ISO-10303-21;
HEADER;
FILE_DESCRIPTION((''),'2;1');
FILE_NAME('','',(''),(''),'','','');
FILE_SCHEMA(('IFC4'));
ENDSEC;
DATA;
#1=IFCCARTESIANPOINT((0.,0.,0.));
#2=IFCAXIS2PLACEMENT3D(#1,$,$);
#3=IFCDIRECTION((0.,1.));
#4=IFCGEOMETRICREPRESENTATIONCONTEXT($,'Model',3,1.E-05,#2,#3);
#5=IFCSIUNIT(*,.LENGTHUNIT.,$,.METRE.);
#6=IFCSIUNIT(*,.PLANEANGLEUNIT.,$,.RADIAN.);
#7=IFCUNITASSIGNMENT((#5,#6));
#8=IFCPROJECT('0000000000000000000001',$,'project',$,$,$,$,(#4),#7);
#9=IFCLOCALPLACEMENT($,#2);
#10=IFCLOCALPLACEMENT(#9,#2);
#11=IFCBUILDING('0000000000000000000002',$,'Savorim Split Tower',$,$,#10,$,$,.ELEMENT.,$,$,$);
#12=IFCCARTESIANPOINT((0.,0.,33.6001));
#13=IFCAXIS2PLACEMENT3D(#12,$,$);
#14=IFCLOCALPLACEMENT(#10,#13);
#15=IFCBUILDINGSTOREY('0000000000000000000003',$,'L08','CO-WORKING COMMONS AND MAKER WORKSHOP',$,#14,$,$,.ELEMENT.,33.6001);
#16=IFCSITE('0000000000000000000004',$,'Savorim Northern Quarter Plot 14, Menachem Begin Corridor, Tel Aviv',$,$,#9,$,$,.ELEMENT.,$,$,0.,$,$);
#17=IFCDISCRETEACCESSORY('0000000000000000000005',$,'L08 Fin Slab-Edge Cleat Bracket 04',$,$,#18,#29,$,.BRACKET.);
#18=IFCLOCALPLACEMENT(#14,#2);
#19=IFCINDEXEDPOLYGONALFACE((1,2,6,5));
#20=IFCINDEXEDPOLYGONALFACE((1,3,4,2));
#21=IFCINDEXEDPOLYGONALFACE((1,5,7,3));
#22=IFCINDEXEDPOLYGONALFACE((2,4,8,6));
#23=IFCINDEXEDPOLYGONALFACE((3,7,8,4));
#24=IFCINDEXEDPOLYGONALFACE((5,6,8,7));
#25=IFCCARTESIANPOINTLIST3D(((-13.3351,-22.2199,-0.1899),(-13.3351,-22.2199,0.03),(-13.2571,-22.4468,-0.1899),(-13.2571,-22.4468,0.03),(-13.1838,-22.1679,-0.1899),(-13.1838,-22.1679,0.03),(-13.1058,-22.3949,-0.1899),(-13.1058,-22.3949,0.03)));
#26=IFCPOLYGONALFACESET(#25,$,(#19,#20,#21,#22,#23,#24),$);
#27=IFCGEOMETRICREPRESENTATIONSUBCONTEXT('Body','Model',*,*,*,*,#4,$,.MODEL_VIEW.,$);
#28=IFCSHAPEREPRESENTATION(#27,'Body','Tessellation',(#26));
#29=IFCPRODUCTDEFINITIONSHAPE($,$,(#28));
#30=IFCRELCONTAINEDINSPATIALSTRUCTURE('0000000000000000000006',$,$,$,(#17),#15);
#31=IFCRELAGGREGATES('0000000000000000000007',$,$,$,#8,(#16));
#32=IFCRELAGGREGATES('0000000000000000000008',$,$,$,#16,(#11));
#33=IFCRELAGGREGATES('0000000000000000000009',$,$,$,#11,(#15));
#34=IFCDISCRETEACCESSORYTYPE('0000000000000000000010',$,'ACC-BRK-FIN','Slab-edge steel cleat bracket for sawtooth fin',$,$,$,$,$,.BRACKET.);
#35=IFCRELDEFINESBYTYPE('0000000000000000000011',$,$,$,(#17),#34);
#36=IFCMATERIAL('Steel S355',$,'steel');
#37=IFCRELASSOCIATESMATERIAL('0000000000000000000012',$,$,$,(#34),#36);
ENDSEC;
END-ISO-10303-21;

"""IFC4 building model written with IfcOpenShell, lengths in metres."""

from ifc_helpers import new_model, si_unit, direction, frame, origin, origin_2d, place, context, subcontext, project, spatial, rectangle, extrude, material, type_object, element, save


model = new_model("IFC4")

# Units and contexts
model_context = context("Model", 3, precision=1e-05, world=origin(), true_north=direction((0.0, 1.0)))
body_context = subcontext(model_context, "Body", "Model", "MODEL_VIEW")
ifc_project = project(units=[si_unit("LENGTHUNIT", "METRE"), si_unit("PLANEANGLEUNIT", "RADIAN")], contexts=[model_context])

# Site, building, storey
site_placement = place(None, origin())
site = spatial("IfcSite", under=ifc_project, at=site_placement, Name="Savorim Northern Quarter Plot 14, Menachem Begin Corridor, Tel Aviv", CompositionType="ELEMENT", RefElevation=0.0)
building_placement = place(site_placement, origin())
building = spatial("IfcBuilding", under=site, at=building_placement, Name="Savorim Split Tower", CompositionType="ELEMENT")
storey_placement = place(building_placement, frame((0.0, 0.0, 33.6001)))
storey = spatial("IfcBuildingStorey", under=building, at=storey_placement, Name="L08", Description="CO-WORKING COMMONS AND MAKER WORKSHOP", CompositionType="ELEMENT", Elevation=33.6001)

# Shared definitions
ifc_material_1 = material(Name="Steel S355", Category="steel")

# Discrete accessory
discrete_accessory_type = type_object("IfcDiscreteAccessoryType", Name="ACC-BRK-FIN", Description="Slab-edge steel cleat bracket for sawtooth fin", PredefinedType="BRACKET", material=ifc_material_1)
for number, where, z_axis, x_axis, name in (
    (1, (-13.2205, -22.3074, -0.1899), (0.0, 0.0, 1.0), (0.324994, -0.945716, 0.0), "L08 Fin Slab-Edge Cleat Bracket 04"),
):
    element("IfcDiscreteAccessory", number, at=place(storey_placement, frame(where, z_axis=z_axis, x_axis=x_axis)), inside=storey, type_object=discrete_accessory_type, Name=name, PredefinedType="BRACKET", context=body_context, shape_type="SweptSolid", body=[
        extrude(rectangle(XDim=0.24, YDim=0.1599, at=origin_2d()), origin(), (0.0, 0.0, 1.0), 0.22),
    ])

save(model, "model.ifc")
